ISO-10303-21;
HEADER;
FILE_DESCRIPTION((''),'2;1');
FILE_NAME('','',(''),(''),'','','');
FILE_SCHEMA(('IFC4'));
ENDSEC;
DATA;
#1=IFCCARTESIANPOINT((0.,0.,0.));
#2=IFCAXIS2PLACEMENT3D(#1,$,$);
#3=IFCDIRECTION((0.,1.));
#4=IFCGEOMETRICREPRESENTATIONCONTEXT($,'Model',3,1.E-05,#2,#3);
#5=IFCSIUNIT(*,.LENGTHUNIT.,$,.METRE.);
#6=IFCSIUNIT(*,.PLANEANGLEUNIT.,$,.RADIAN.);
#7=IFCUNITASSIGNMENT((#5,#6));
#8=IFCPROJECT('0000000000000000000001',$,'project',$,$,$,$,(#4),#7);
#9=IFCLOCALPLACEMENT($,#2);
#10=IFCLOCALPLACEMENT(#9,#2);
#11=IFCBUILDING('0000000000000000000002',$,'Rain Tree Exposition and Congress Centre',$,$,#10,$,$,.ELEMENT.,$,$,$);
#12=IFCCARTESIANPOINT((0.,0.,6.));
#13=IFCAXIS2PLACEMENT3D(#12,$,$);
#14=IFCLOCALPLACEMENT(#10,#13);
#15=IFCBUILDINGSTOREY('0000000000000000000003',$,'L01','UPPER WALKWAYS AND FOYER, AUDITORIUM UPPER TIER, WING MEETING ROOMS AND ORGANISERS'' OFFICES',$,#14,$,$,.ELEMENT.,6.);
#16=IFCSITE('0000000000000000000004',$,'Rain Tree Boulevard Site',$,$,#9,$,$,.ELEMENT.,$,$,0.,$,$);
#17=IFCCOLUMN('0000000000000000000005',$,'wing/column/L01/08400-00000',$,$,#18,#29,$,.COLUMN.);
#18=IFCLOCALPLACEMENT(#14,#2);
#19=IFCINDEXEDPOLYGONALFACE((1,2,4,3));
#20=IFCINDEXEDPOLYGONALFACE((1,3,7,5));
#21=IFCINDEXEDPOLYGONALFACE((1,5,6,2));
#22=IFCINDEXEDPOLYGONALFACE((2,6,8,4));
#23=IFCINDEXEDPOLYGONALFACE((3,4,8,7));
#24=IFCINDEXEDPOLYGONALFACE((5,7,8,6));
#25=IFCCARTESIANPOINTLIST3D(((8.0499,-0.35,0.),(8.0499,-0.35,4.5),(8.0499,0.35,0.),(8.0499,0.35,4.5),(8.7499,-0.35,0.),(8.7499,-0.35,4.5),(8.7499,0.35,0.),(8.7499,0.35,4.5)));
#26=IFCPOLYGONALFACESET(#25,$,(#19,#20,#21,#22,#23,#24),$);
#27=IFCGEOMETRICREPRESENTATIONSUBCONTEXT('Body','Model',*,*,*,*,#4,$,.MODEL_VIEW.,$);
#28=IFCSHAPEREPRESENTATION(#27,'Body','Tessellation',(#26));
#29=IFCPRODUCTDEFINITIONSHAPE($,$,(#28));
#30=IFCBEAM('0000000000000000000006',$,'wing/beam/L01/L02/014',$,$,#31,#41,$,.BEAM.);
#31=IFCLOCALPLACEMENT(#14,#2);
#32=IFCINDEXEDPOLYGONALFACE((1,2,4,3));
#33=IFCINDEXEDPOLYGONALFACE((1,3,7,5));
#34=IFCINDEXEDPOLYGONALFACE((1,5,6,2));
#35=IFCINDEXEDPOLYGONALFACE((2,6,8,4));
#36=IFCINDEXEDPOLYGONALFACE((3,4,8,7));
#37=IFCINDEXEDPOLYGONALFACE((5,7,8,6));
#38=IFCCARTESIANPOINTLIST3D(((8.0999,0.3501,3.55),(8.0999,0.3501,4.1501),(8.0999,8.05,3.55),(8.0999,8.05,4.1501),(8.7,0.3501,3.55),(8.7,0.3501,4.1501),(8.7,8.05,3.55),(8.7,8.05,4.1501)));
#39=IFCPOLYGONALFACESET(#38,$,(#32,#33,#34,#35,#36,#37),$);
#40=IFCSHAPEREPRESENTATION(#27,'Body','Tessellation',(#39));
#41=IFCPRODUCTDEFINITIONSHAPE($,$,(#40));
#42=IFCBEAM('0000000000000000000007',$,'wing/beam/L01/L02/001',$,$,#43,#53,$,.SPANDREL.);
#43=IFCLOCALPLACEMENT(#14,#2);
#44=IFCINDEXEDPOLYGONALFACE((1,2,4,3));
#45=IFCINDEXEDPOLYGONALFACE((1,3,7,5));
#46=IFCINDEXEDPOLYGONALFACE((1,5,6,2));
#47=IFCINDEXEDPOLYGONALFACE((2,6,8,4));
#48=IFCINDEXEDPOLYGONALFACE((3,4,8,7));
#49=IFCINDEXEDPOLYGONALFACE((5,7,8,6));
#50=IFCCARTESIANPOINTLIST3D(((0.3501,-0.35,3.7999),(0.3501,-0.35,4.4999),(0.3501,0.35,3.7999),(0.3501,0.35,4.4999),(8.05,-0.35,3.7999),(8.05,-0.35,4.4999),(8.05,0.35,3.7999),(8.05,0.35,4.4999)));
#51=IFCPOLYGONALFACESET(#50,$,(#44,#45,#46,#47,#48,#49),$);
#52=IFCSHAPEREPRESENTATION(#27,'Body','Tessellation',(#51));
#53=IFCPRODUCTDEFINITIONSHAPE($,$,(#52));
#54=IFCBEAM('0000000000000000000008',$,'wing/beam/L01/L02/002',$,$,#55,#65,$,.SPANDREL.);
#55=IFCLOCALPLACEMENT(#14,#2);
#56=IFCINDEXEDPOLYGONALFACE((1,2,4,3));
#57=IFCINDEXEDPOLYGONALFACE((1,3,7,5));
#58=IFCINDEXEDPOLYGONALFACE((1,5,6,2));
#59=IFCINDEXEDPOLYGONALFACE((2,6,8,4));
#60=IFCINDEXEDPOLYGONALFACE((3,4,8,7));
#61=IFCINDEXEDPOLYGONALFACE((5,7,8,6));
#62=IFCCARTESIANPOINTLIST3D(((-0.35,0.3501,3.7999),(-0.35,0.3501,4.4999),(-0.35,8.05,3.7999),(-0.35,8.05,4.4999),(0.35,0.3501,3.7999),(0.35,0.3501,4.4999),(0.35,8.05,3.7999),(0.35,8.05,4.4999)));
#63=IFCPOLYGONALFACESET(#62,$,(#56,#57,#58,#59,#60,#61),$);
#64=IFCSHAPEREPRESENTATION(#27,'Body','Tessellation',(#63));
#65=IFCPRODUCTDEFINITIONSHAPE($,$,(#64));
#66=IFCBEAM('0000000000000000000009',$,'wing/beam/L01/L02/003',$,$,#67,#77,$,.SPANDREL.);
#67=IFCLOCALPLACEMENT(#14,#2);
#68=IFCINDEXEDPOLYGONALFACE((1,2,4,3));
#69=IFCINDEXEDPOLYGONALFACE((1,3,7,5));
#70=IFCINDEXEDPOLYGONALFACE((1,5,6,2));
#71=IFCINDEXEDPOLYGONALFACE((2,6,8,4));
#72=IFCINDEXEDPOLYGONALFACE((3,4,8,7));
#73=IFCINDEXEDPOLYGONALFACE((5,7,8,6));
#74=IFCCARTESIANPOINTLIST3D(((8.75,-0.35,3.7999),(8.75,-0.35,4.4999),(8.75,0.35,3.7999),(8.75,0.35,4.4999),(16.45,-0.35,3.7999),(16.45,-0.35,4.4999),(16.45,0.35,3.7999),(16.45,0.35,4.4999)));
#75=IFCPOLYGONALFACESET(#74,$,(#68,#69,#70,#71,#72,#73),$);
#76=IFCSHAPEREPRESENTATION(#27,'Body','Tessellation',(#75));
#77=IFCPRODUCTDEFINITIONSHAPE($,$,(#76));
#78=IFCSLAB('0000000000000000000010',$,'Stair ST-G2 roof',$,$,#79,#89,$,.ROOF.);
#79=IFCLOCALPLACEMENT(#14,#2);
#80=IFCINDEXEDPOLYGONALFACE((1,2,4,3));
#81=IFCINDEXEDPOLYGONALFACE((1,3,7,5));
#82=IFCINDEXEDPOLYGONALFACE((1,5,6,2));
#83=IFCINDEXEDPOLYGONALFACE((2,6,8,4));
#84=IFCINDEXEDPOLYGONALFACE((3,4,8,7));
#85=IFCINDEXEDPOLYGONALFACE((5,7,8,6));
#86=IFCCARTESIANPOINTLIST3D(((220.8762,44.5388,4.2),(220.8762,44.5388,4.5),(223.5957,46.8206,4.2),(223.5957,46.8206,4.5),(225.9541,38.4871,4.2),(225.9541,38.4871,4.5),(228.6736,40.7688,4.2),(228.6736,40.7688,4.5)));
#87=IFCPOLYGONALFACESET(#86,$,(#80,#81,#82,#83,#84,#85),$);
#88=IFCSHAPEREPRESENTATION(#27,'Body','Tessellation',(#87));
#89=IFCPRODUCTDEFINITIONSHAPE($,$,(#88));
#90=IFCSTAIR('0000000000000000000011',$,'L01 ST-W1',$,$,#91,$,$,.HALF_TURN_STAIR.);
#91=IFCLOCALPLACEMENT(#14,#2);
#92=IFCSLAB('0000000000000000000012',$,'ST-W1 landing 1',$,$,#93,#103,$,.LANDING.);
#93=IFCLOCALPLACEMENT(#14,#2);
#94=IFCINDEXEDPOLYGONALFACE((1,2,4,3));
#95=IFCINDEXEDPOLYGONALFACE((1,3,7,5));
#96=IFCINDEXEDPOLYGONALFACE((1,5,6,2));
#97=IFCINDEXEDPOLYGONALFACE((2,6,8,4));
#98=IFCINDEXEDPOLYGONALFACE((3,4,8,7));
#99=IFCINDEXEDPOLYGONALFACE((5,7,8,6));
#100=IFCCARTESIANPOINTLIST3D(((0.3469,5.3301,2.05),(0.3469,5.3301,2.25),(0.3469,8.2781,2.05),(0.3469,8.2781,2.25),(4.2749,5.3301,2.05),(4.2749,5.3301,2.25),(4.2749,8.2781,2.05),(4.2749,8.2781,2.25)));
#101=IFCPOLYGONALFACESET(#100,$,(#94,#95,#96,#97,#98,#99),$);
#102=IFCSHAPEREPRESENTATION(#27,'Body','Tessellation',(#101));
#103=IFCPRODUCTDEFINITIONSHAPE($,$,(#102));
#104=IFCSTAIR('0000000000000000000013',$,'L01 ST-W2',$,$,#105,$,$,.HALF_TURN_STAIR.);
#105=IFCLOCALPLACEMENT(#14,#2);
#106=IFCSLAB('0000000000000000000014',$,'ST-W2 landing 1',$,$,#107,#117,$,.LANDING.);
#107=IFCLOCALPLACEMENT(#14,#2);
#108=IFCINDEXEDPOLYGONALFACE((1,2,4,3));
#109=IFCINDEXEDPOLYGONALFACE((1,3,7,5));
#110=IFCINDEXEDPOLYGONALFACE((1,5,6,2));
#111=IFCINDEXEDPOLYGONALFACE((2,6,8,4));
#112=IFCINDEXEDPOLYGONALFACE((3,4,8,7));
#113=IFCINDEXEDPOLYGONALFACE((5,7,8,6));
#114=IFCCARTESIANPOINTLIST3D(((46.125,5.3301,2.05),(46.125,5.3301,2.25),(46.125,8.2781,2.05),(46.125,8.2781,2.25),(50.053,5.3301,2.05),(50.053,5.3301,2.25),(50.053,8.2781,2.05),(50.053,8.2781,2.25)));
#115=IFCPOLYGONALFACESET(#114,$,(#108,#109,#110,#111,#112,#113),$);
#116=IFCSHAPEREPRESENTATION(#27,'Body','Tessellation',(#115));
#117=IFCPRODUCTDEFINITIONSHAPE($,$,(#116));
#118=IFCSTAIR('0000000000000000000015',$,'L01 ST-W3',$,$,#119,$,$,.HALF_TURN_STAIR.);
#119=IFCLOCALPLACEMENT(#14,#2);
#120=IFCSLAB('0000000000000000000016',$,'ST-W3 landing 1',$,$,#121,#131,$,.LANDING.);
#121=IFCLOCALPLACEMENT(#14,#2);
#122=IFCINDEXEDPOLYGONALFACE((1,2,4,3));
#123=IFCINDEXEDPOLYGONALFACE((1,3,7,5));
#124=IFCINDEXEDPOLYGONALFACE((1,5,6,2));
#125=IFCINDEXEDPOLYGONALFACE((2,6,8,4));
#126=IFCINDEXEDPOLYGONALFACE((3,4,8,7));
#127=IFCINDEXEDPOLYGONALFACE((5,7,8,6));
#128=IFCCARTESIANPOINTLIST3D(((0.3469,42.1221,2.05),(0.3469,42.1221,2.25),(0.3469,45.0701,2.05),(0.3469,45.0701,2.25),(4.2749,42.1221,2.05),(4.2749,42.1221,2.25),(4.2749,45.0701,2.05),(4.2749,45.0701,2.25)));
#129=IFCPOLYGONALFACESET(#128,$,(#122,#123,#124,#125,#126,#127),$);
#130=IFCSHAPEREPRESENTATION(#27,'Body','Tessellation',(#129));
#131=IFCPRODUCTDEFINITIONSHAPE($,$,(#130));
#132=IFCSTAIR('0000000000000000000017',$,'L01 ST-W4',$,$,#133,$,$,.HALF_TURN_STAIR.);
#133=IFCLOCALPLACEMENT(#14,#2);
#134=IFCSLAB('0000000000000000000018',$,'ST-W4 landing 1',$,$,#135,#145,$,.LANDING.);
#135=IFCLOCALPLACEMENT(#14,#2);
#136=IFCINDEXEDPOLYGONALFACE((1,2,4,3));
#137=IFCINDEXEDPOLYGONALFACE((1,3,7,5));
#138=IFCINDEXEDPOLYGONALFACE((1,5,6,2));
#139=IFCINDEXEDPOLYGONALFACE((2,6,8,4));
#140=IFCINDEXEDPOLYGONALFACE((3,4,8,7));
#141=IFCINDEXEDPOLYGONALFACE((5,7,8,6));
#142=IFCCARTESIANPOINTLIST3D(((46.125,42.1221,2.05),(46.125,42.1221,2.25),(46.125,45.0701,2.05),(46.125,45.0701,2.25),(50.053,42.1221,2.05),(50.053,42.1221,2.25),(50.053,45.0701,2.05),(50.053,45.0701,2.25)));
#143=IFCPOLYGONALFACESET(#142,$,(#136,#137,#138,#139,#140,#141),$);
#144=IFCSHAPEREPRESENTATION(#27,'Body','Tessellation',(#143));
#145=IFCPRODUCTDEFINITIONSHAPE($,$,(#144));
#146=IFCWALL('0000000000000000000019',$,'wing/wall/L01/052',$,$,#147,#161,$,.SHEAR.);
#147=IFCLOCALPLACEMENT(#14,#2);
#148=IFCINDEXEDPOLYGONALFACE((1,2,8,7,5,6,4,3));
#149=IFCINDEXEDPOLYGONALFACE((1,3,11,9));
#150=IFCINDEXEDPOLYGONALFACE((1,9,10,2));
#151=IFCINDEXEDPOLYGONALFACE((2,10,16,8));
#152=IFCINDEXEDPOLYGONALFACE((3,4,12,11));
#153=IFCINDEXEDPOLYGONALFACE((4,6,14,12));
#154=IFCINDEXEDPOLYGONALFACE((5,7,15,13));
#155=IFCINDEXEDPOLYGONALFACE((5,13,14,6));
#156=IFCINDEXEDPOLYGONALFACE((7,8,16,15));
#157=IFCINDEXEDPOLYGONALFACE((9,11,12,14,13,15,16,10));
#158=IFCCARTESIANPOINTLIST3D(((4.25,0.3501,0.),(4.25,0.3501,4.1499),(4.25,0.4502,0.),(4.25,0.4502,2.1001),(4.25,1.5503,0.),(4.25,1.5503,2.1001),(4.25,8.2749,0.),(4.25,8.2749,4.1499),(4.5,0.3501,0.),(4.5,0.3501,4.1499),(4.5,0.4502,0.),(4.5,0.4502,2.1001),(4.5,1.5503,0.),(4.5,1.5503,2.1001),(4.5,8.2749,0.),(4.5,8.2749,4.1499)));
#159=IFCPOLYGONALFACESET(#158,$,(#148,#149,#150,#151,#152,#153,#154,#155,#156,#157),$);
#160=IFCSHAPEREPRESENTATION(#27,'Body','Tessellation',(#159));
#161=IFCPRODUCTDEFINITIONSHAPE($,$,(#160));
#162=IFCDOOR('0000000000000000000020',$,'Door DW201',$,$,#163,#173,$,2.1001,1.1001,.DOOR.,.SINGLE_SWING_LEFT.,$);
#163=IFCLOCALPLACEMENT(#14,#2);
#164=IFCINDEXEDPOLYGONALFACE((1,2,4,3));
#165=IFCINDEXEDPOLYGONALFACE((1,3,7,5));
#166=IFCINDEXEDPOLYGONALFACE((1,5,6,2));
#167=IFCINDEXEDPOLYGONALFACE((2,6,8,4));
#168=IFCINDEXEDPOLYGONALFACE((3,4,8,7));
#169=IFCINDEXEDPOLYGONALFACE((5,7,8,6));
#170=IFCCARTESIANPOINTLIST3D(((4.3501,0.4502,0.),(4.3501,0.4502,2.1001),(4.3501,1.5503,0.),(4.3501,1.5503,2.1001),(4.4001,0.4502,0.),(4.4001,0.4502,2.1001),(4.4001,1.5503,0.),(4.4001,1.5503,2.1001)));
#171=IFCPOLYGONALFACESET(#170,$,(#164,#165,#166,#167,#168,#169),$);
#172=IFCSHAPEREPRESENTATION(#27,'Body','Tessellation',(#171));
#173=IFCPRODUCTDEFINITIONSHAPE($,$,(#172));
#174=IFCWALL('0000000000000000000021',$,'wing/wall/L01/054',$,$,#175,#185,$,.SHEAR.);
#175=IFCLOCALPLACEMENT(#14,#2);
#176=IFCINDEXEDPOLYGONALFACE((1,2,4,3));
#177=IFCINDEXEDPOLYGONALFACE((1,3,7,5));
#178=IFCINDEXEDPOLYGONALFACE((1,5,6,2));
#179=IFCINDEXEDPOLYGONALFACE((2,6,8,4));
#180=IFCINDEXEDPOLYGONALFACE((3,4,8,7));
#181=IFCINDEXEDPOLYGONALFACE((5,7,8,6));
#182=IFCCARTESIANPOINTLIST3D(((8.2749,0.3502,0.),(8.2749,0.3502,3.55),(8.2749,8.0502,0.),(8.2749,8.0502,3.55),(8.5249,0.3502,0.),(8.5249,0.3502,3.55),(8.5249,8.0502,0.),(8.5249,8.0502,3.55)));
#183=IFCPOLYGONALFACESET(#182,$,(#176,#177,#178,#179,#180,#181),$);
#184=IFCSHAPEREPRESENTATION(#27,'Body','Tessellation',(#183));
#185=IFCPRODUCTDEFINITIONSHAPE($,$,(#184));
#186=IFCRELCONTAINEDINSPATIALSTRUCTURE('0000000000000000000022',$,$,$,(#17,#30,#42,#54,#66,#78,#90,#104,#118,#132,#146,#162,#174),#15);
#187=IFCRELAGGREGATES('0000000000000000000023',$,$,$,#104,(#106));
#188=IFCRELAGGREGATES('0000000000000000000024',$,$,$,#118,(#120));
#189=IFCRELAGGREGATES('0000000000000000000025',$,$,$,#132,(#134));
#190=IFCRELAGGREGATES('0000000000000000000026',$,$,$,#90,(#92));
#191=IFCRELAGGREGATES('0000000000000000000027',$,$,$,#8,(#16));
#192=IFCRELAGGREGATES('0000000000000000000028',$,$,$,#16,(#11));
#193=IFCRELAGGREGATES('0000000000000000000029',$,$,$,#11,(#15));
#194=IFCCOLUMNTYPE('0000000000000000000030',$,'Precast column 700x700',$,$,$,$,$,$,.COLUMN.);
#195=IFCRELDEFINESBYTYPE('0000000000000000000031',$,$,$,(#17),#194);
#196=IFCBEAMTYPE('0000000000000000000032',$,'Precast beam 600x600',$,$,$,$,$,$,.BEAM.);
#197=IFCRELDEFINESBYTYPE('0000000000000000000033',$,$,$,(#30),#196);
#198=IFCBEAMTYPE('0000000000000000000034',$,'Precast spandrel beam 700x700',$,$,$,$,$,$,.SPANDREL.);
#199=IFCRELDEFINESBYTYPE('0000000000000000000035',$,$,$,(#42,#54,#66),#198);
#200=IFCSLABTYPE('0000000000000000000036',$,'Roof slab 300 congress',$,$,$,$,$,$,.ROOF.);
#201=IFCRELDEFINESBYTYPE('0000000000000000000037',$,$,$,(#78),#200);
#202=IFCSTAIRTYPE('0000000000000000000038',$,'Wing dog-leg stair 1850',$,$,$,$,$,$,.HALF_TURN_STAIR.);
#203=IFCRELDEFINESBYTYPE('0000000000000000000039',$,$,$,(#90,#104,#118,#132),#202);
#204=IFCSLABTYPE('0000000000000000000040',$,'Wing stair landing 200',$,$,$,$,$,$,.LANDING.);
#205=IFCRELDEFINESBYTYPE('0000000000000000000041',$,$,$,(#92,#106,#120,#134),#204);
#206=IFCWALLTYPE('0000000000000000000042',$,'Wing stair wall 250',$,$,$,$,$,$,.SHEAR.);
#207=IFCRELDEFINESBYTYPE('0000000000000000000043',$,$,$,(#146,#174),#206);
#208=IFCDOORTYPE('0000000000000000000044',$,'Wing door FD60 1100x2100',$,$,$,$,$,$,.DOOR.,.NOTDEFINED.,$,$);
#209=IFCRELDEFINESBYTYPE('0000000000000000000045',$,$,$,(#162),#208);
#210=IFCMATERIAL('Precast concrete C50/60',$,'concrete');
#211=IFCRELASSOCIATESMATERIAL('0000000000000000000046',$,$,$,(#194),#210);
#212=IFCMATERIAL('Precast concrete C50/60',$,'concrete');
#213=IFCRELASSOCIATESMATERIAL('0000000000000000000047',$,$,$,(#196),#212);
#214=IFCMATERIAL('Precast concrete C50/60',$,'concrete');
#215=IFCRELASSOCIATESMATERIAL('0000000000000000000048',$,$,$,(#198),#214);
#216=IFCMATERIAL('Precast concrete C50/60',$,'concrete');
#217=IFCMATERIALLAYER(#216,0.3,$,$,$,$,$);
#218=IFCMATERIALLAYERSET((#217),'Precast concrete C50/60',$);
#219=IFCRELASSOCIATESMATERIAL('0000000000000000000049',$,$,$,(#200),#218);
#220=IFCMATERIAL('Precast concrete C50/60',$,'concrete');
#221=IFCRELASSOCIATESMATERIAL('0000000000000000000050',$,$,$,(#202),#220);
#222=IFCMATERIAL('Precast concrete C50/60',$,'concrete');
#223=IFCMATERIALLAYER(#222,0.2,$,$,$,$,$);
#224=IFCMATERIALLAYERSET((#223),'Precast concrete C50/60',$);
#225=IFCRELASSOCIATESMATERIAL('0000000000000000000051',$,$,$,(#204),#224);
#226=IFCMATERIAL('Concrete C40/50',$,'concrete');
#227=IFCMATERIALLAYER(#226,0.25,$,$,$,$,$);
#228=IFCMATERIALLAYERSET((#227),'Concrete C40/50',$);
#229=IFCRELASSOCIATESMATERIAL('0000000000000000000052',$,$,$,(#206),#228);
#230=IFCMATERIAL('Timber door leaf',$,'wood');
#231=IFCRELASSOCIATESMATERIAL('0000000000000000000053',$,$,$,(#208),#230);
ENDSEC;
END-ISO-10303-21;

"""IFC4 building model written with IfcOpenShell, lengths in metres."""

from ifc_helpers import new_model, si_unit, direction, frame, frame_2d, origin, origin_2d, place, context, subcontext, project, spatial, polyline, rectangle, outline, extrude, material, layer, layer_set, material_profile, profile_set, type_object, element, fill, aggregate, save


model = new_model("IFC4")

# Units and contexts
model_context = context("Model", 3, precision=1e-05, world=origin(), true_north=direction((0.0, 1.0)))
body_context = subcontext(model_context, "Body", "Model", "MODEL_VIEW")
ifc_project = project(units=[si_unit("LENGTHUNIT", "METRE"), si_unit("PLANEANGLEUNIT", "RADIAN")], contexts=[model_context])

# Site, building, storey
site_placement = place(None, origin())
site = spatial("IfcSite", under=ifc_project, at=site_placement, Name="Rain Tree Boulevard Site", CompositionType="ELEMENT", RefElevation=0.0)
building_placement = place(site_placement, origin())
building = spatial("IfcBuilding", under=site, at=building_placement, Name="Rain Tree Exposition and Congress Centre", CompositionType="ELEMENT")
storey_placement = place(building_placement, frame((0.0, 0.0, 6.0)))
storey = spatial("IfcBuildingStorey", under=building, at=storey_placement, Name="L01", Description="UPPER WALKWAYS AND FOYER, AUDITORIUM UPPER TIER, WING MEETING ROOMS AND ORGANISERS' OFFICES", CompositionType="ELEMENT", Elevation=6.0)

# Column
ifc_material_1 = material(Name="Precast concrete C50/60", Category="concrete")
ifc_material_profile_1 = material_profile(ifc_material_1, rectangle(XDim=0.7, YDim=0.7, at=origin_2d()), Name="RC 700x700")
ifc_profile_set_1 = profile_set([ifc_material_profile_1], Name="Precast concrete C50/60")
column_type = type_object("IfcColumnType", Name="Precast column 700x700", PredefinedType="COLUMN", material=ifc_profile_set_1)
column_placement = place(storey_placement, frame((8.3999, 0.0, 0.0), z_axis=(0.0, 0.0, 1.0), x_axis=(1.0, 0.0, 0.0)))
element("IfcColumn", 1, at=column_placement, inside=storey, type_object=column_type, Name="wing/column/L01/08400-00000", PredefinedType="COLUMN", context=body_context, shape_type="SweptSolid", body=[
    extrude(rectangle(XDim=0.7, YDim=0.7, at=origin_2d()), origin(), (0.0, 0.0, 1.0), 4.5),
])

# Beams
ifc_material_2 = material(Name="Precast concrete C50/60", Category="concrete")
ifc_material_profile_2 = material_profile(ifc_material_2, rectangle(XDim=0.6001, YDim=0.6001, at=origin_2d()), Name="RC 600x600")
ifc_profile_set_2 = profile_set([ifc_material_profile_2], Name="Precast concrete C50/60")
beam_type_1 = type_object("IfcBeamType", Name="Precast beam 600x600", PredefinedType="BEAM", material=ifc_profile_set_2)
beam_placement = place(storey_placement, frame((8.3999, 0.3501, 3.8501), z_axis=(0.0, 1.0, 0.0), x_axis=(-1.0, 0.0, 0.0)))
element("IfcBeam", 2, at=beam_placement, inside=storey, type_object=beam_type_1, Name="wing/beam/L01/L02/014", PredefinedType="BEAM", context=body_context, shape_type="SweptSolid", body=[
    extrude(rectangle(XDim=0.6001, YDim=0.6001, at=origin_2d()), origin(), (0.0, 0.0, 1.0), 7.7),
])
ifc_material_3 = material(Name="Precast concrete C50/60", Category="concrete")
ifc_material_profile_3 = material_profile(ifc_material_3, rectangle(XDim=0.7, YDim=0.7, at=origin_2d()), Name="RC 700x700")
ifc_profile_set_3 = profile_set([ifc_material_profile_3], Name="Precast concrete C50/60")
beam_type_2 = type_object("IfcBeamType", Name="Precast spandrel beam 700x700", PredefinedType="SPANDREL", material=ifc_profile_set_3)
for number, where, z_axis, x_axis, name in (
    (3, (0.3501, 0.0, 4.1499), (1.0, 0.0, 0.0), (0.0, 1.0, 0.0), "wing/beam/L01/L02/001"),
    (4, (0.0, 0.3501, 4.1499), (0.0, 1.0, 0.0), (-1.0, 0.0, 0.0), "wing/beam/L01/L02/002"),
    (5, (8.75, 0.0, 4.1499), (1.0, 0.0, 0.0), (0.0, 1.0, 0.0), "wing/beam/L01/L02/003"),
):
    element("IfcBeam", number, at=place(storey_placement, frame(where, z_axis=z_axis, x_axis=x_axis)), inside=storey, type_object=beam_type_2, Name=name, PredefinedType="SPANDREL", context=body_context, shape_type="SweptSolid", body=[
        extrude(rectangle(XDim=0.7, YDim=0.7, at=origin_2d()), origin(), (0.0, 0.0, 1.0), 7.7),
    ])

# Slab
ifc_material_4 = material(Name="Precast concrete C50/60", Category="concrete")
ifc_layer_1 = layer(ifc_material_4, 0.3)
ifc_layer_set_1 = layer_set([ifc_layer_1], Name="Precast concrete C50/60")
slab_type_1 = type_object("IfcSlabType", Name="Roof slab 300 congress", PredefinedType="ROOF", material=ifc_layer_set_1)
slab_1_placement = place(storey_placement, frame((0.0, 0.0, 4.2)))
element("IfcSlab", 6, at=slab_1_placement, inside=storey, type_object=slab_type_1, Name="Stair ST-G2 roof", PredefinedType="ROOF", context=body_context, shape_type="SweptSolid", body=[
    extrude(outline(polyline([(220.8762, 44.5388), (225.9541, 38.4871), (228.6736, 40.7688), (223.5957, 46.8206), (220.8762, 44.5388)])), origin(), (0.0, 0.0, 1.0), 0.3),
])

# Stairs, slabs
ifc_material_5 = material(Name="Precast concrete C50/60", Category="concrete")
stair_type = type_object("IfcStairType", Name="Wing dog-leg stair 1850", PredefinedType="HALF_TURN_STAIR", material=ifc_material_5)
stair_1_placement = place(storey_placement, origin())
stair_1 = element("IfcStair", 7, at=stair_1_placement, inside=storey, type_object=stair_type, Name="L01 ST-W1", PredefinedType="HALF_TURN_STAIR")
ifc_material_6 = material(Name="Precast concrete C50/60", Category="concrete")
ifc_layer_2 = layer(ifc_material_6, 0.2)
ifc_layer_set_2 = layer_set([ifc_layer_2], Name="Precast concrete C50/60")
slab_type_2 = type_object("IfcSlabType", Name="Wing stair landing 200", PredefinedType="LANDING", material=ifc_layer_set_2)
slab_2_placement = place(storey_placement, frame((0.0, 0.0, 2.05)))
slab_2 = element("IfcSlab", 8, at=slab_2_placement, type_object=slab_type_2, Name="ST-W1 landing 1", PredefinedType="LANDING", context=body_context, shape_type="SweptSolid", body=[
    extrude(outline(polyline([(4.2749, 5.3301), (4.2749, 8.2781), (0.3469, 8.2781), (0.3469, 5.3301), (4.2749, 5.3301)])), origin(), (0.0, 0.0, 1.0), 0.2),
])
stair_2_placement = place(storey_placement, origin())
stair_2 = element("IfcStair", 9, at=stair_2_placement, inside=storey, type_object=stair_type, Name="L01 ST-W2", PredefinedType="HALF_TURN_STAIR")
slab_3_placement = place(storey_placement, frame((0.0, 0.0, 2.05)))
slab_3 = element("IfcSlab", 10, at=slab_3_placement, type_object=slab_type_2, Name="ST-W2 landing 1", PredefinedType="LANDING", context=body_context, shape_type="SweptSolid", body=[
    extrude(outline(polyline([(46.125, 5.3301), (46.125, 8.2781), (50.053, 8.2781), (50.053, 5.3301), (46.125, 5.3301)])), origin(), (0.0, 0.0, 1.0), 0.2),
])
aggregate(stair_2, [slab_3])
stair_3_placement = place(storey_placement, origin())
stair_3 = element("IfcStair", 11, at=stair_3_placement, inside=storey, type_object=stair_type, Name="L01 ST-W3", PredefinedType="HALF_TURN_STAIR")
slab_4_placement = place(storey_placement, frame((0.0, 0.0, 2.05)))
slab_4 = element("IfcSlab", 12, at=slab_4_placement, type_object=slab_type_2, Name="ST-W3 landing 1", PredefinedType="LANDING", context=body_context, shape_type="SweptSolid", body=[
    extrude(outline(polyline([(4.2749, 45.0701), (4.2749, 42.1221), (0.3469, 42.1221), (0.3469, 45.0701), (4.2749, 45.0701)])), origin(), (0.0, 0.0, 1.0), 0.2),
])
aggregate(stair_3, [slab_4])
stair_4_placement = place(storey_placement, origin())
stair_4 = element("IfcStair", 13, at=stair_4_placement, inside=storey, type_object=stair_type, Name="L01 ST-W4", PredefinedType="HALF_TURN_STAIR")
slab_5_placement = place(storey_placement, frame((0.0, 0.0, 2.05)))
slab_5 = element("IfcSlab", 14, at=slab_5_placement, type_object=slab_type_2, Name="ST-W4 landing 1", PredefinedType="LANDING", context=body_context, shape_type="SweptSolid", body=[
    extrude(outline(polyline([(46.125, 45.0701), (46.125, 42.1221), (50.053, 42.1221), (50.053, 45.0701), (46.125, 45.0701)])), origin(), (0.0, 0.0, 1.0), 0.2),
])
aggregate(stair_4, [slab_5])

# Wall, opening, door
ifc_material_7 = material(Name="Concrete C40/50", Category="concrete")
ifc_layer_3 = layer(ifc_material_7, 0.25)
ifc_layer_set_3 = layer_set([ifc_layer_3], Name="Concrete C40/50")
wall_type = type_object("IfcWallType", Name="Wing stair wall 250", PredefinedType="SHEAR", material=ifc_layer_set_3)
wall_1_placement = place(storey_placement, frame((4.375, 0.3501, 0.0), z_axis=(0.0, 0.0, 1.0), x_axis=(0.0, 1.0, 0.0)))
wall_1 = element("IfcWall", 15, at=wall_1_placement, inside=storey, type_object=wall_type, Name="wing/wall/L01/052", PredefinedType="SHEAR", context=body_context, shape_type="SweptSolid", body=[
    extrude(rectangle(XDim=7.9248, YDim=0.25, at=frame_2d((3.9624, 0.0))), origin(), (0.0, 0.0, 1.0), 4.1499),
])
opening_placement = place(wall_1_placement, frame((0.1001, 0.0, 0.0)))
opening = element("IfcOpeningElement", 16, at=opening_placement, cuts=wall_1, PredefinedType="OPENING", context=body_context, shape_type="SweptSolid", body=[
    extrude(rectangle(XDim=1.1001, YDim=2.1001, at=frame_2d((0.55, 1.05))), frame((0.0, 0.125, 0.0), z_axis=(0.0, -1.0, 0.0), x_axis=(1.0, 0.0, 0.0)), (0.0, 0.0, 1.0), 0.25),
])
ifc_material_8 = material(Name="Timber door leaf", Category="wood")
door_type = type_object("IfcDoorType", Name="Wing door FD60 1100x2100", OperationType="NOTDEFINED", PredefinedType="DOOR", material=ifc_material_8)
door_placement = place(opening_placement, origin())
door = element("IfcDoor", 17, at=door_placement, inside=storey, type_object=door_type, Name="Door DW201", OperationType="SINGLE_SWING_LEFT", OverallHeight=2.1001, OverallWidth=1.1001, PredefinedType="DOOR", context=body_context, shape_type="SweptSolid", body=[
    extrude(rectangle(XDim=1.1001, YDim=2.1001, at=frame_2d((0.55, 1.05))), frame((0.0, 0.0249, 0.0), z_axis=(0.0, -1.0, 0.0), x_axis=(1.0, 0.0, 0.0)), (0.0, 0.0, 1.0), 0.05),
])
fill(opening, door)

# Wall
wall_2_placement = place(storey_placement, frame((8.3999, 0.3501, 0.0), z_axis=(0.0, 0.0, 1.0), x_axis=(0.0, 1.0, 0.0)))
element("IfcWall", 18, at=wall_2_placement, inside=storey, type_object=wall_type, Name="wing/wall/L01/054", PredefinedType="SHEAR", context=body_context, shape_type="SweptSolid", body=[
    extrude(rectangle(XDim=7.7, YDim=0.25, at=frame_2d((3.8501, 0.0))), origin(), (0.0, 0.0, 1.0), 3.55),
])

aggregate(stair_1, [slab_2])

save(model, "model.ifc")
